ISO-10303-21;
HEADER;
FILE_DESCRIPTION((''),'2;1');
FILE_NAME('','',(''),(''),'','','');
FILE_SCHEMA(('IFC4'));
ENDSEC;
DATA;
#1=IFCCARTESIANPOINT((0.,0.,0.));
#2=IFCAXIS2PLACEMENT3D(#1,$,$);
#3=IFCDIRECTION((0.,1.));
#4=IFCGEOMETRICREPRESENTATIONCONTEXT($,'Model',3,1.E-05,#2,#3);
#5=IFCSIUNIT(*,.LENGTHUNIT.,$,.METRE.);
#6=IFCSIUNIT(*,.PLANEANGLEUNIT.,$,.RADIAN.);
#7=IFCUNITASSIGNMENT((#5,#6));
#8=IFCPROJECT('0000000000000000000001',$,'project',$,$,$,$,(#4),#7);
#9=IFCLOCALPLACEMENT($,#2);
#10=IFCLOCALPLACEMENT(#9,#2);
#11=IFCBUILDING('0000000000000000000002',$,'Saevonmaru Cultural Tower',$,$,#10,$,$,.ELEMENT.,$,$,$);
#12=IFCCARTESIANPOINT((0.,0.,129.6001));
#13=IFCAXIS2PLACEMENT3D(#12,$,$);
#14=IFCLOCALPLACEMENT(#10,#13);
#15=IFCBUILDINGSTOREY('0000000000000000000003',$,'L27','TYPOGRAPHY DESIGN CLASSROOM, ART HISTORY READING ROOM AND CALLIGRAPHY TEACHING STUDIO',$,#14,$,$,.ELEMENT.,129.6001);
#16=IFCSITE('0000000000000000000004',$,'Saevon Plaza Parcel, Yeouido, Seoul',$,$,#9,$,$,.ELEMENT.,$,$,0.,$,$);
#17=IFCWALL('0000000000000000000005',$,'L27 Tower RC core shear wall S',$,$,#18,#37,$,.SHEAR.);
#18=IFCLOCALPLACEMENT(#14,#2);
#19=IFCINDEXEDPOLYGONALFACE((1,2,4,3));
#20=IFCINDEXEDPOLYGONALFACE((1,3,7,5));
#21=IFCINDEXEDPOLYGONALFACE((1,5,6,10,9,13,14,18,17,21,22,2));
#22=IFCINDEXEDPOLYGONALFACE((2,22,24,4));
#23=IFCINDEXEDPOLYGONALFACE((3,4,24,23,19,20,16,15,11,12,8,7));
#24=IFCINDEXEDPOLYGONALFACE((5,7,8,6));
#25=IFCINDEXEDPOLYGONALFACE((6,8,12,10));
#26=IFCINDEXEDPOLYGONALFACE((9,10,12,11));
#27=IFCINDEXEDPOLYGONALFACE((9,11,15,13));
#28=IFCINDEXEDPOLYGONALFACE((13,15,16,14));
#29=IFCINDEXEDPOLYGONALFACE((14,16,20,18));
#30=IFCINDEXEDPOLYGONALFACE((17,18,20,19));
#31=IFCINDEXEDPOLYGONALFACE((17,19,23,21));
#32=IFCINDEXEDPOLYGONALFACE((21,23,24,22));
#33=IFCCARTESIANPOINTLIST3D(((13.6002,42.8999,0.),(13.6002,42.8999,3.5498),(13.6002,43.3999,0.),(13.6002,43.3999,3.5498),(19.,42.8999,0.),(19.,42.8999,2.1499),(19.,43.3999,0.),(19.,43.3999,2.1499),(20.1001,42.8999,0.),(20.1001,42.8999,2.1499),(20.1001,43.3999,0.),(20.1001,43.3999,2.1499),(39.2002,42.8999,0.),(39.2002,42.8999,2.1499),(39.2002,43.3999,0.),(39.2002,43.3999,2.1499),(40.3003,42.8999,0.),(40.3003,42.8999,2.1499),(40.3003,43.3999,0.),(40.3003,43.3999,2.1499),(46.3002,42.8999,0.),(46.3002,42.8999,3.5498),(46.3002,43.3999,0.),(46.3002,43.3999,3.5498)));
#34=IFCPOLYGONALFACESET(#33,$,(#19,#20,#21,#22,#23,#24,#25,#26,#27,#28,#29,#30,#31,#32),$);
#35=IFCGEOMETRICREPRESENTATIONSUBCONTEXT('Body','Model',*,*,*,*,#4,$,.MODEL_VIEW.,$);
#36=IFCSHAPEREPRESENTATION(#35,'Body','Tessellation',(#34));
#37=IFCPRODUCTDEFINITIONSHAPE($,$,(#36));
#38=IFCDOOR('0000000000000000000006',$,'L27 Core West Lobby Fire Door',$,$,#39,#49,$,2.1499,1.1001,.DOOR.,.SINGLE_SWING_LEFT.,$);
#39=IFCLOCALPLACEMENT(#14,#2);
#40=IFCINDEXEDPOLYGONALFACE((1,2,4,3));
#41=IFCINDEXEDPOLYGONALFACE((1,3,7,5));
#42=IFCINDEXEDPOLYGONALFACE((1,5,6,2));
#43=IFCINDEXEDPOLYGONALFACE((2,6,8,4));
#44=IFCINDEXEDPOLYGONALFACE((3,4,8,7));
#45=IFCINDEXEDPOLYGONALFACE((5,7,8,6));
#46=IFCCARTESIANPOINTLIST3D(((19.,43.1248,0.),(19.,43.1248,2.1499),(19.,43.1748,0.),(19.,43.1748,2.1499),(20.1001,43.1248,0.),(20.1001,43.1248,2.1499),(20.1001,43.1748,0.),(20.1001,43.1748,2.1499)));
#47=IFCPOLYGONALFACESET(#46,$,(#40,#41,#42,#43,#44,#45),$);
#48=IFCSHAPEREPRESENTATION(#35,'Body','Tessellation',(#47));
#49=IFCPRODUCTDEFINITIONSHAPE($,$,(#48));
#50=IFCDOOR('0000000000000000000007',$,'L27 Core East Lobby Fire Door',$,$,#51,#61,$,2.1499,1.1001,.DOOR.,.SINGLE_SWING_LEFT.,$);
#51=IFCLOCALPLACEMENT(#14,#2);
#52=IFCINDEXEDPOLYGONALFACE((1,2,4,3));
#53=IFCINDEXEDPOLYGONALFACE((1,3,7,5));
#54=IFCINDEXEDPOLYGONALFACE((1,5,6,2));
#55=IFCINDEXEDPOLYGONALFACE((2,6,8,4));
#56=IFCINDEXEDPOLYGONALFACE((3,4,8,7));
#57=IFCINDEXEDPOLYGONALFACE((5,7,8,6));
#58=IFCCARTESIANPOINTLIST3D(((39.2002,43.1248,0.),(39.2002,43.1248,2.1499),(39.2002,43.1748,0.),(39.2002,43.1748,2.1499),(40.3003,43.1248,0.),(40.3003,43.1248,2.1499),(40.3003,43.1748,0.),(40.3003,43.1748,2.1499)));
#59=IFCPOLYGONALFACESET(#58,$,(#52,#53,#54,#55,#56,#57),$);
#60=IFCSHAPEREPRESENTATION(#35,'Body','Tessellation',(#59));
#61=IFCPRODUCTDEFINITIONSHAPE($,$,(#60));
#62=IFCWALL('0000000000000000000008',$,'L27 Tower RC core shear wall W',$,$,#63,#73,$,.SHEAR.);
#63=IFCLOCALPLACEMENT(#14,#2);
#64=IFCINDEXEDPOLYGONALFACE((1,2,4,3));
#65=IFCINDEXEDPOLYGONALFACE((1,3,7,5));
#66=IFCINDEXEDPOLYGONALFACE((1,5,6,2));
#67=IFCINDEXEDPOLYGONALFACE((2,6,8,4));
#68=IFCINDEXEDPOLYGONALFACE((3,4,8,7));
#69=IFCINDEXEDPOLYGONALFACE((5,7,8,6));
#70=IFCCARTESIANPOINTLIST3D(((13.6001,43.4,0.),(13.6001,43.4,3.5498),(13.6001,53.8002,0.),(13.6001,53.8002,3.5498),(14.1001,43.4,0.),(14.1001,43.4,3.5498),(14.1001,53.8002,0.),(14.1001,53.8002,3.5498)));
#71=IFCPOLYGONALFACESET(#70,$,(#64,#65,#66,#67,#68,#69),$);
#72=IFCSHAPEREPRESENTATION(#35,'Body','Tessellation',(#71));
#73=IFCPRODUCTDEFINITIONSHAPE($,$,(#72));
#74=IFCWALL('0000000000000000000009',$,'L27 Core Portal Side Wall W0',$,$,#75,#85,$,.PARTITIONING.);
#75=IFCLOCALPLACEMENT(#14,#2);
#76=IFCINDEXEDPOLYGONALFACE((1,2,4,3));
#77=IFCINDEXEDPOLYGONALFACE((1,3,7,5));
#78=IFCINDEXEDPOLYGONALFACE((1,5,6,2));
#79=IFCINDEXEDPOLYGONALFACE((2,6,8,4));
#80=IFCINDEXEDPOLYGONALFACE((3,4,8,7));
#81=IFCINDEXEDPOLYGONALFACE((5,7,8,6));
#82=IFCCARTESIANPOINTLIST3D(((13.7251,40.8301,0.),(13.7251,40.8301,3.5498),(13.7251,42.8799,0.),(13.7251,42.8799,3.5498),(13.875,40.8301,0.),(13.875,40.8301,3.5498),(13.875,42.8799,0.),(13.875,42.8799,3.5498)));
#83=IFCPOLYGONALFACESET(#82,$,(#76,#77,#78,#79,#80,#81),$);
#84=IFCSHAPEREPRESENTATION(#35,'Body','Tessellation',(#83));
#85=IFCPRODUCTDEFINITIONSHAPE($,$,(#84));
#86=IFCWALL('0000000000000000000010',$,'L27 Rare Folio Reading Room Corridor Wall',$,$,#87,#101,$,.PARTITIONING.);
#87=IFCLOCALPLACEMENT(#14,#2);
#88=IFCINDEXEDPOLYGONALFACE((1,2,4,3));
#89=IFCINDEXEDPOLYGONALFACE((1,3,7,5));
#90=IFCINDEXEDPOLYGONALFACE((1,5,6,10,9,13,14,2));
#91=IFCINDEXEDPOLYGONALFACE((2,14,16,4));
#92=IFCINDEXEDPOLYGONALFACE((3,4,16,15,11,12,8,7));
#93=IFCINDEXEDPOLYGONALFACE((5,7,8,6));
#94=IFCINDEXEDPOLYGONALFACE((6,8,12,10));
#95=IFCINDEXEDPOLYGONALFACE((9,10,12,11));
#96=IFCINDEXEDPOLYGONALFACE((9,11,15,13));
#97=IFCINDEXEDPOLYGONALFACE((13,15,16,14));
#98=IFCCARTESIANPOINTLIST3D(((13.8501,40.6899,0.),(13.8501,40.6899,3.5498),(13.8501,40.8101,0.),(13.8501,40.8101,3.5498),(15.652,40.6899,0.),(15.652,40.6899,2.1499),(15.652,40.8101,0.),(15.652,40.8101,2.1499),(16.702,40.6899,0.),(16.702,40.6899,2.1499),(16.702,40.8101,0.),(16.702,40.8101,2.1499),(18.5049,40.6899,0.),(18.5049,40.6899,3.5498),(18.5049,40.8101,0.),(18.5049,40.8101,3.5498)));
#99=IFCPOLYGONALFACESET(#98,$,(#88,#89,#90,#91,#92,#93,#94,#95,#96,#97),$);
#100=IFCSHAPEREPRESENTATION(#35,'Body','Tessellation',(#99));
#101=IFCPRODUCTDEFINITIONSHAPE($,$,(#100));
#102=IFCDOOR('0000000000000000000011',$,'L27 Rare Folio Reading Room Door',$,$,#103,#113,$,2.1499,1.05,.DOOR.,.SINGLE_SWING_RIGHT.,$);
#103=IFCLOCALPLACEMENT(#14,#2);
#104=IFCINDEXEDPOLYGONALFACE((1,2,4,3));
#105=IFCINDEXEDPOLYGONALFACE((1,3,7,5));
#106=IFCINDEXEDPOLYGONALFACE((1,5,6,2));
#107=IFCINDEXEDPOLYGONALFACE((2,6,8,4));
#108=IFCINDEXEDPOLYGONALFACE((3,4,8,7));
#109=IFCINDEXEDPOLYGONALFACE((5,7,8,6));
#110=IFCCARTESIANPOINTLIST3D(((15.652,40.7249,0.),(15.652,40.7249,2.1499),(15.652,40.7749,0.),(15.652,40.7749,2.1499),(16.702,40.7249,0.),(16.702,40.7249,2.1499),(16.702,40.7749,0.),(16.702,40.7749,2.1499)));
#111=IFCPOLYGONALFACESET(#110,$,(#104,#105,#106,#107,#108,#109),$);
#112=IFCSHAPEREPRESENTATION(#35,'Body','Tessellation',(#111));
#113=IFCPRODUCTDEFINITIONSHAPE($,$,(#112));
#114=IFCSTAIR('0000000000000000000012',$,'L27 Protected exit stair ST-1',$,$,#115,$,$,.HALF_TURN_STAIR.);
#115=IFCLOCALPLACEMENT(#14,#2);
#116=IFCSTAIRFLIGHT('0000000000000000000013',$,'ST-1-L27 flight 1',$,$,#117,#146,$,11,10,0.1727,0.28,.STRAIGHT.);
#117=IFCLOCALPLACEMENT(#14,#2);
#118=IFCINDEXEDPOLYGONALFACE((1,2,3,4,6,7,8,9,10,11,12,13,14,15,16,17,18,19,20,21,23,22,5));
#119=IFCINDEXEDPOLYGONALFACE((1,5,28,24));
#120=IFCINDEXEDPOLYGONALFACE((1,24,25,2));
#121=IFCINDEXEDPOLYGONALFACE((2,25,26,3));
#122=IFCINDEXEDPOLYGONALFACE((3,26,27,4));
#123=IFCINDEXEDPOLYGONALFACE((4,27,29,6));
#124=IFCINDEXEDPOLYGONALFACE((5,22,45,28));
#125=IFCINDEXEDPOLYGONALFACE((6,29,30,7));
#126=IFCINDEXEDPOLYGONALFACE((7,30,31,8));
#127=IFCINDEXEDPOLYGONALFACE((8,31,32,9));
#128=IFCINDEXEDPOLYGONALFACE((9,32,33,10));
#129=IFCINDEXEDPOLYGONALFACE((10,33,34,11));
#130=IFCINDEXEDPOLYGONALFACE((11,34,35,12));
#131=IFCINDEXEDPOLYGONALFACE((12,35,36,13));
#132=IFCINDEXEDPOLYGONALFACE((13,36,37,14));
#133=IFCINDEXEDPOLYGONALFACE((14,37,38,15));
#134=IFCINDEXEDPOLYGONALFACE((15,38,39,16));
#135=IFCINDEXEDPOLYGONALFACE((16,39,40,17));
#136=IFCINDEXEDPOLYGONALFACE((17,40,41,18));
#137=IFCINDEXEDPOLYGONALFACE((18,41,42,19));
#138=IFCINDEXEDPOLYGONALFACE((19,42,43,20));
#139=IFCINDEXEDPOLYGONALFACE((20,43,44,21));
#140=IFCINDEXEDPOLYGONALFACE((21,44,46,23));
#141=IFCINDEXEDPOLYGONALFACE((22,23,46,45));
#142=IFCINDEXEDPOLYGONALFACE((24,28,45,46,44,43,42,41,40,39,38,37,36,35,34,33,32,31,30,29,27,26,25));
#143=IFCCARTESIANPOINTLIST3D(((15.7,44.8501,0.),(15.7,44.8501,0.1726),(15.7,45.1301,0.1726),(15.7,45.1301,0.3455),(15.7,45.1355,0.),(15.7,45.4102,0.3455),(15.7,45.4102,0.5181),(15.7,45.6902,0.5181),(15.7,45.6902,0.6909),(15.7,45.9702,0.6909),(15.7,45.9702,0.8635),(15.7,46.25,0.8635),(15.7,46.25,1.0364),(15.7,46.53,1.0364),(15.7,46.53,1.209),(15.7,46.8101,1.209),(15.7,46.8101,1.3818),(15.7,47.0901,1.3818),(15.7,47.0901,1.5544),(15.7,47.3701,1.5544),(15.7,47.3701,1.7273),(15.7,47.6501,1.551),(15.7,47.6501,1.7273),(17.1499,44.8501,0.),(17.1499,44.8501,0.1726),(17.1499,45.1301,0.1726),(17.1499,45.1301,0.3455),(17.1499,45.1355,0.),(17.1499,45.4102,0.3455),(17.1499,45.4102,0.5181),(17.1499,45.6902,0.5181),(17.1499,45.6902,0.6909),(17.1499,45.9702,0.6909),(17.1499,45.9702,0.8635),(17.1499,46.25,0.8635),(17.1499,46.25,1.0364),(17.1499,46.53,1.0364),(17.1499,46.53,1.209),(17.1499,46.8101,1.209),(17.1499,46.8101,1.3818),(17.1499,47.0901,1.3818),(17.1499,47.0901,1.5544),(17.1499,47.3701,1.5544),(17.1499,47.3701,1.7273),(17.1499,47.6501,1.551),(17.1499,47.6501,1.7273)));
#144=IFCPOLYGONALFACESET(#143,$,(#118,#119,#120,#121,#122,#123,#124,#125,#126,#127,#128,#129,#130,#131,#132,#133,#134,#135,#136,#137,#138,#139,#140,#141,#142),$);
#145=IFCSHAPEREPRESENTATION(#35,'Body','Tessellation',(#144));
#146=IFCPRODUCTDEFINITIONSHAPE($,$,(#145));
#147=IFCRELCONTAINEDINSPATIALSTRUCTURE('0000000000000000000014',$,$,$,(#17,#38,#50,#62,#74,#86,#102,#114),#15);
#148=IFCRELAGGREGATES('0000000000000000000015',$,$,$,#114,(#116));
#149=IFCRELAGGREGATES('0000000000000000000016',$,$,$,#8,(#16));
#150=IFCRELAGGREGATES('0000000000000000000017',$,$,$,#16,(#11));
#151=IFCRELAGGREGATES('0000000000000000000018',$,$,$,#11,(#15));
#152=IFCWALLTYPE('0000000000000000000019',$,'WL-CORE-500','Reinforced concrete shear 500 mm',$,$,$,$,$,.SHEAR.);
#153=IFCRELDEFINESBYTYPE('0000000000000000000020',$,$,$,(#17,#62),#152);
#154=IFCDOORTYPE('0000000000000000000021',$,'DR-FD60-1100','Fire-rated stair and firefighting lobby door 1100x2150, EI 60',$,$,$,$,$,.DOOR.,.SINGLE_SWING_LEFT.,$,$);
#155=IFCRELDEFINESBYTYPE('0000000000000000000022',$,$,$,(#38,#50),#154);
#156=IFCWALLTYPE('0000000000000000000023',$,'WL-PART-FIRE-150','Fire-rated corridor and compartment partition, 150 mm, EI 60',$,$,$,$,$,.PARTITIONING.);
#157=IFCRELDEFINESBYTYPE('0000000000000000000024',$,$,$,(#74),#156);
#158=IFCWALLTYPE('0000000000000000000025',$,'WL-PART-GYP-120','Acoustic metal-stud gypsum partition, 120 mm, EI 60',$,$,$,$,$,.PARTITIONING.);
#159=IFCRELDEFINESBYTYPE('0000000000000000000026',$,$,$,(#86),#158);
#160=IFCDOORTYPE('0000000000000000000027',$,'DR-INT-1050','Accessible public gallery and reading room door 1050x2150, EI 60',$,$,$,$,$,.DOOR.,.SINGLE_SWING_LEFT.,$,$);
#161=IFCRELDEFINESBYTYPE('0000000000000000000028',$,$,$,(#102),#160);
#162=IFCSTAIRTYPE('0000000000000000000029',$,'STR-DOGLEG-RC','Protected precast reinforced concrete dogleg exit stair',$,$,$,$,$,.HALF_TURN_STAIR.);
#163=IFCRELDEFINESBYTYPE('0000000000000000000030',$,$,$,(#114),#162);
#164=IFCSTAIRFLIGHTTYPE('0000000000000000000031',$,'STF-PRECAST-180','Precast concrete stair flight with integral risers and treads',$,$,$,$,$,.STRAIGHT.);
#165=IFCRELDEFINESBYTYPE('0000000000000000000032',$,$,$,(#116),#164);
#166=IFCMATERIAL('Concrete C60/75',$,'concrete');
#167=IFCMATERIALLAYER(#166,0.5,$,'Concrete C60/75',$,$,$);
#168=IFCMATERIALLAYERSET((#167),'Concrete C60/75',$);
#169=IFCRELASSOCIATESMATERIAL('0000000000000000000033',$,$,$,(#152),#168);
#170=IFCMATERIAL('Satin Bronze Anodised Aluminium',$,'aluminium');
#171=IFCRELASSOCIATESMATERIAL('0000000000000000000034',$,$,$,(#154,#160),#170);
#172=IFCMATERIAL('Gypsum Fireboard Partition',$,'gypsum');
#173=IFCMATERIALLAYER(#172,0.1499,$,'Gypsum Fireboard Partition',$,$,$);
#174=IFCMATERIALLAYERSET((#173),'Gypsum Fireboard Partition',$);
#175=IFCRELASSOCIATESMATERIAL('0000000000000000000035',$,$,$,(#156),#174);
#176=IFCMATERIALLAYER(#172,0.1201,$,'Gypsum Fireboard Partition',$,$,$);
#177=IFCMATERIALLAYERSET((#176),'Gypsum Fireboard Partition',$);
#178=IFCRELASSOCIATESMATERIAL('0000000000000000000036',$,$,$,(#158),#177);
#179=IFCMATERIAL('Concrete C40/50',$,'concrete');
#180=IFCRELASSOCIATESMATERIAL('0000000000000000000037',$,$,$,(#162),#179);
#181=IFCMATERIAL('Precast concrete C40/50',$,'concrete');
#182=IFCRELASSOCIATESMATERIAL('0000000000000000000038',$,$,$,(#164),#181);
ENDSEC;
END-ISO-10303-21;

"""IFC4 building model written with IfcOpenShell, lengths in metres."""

from ifc_helpers import new_model, si_unit, direction, frame, frame_2d, origin, place, context, subcontext, project, spatial, polyline, rectangle, outline, extrude, material, layer, layer_set, type_object, element, fill, aggregate, save


model = new_model("IFC4")

# Units and contexts
model_context = context("Model", 3, precision=1e-05, world=origin(), true_north=direction((0.0, 1.0)))
body_context = subcontext(model_context, "Body", "Model", "MODEL_VIEW")
ifc_project = project(units=[si_unit("LENGTHUNIT", "METRE"), si_unit("PLANEANGLEUNIT", "RADIAN")], contexts=[model_context])

# Site, building, storey
site_placement = place(None, origin())
site = spatial("IfcSite", under=ifc_project, at=site_placement, Name="Saevon Plaza Parcel, Yeouido, Seoul", CompositionType="ELEMENT", RefElevation=0.0)
building_placement = place(site_placement, origin())
building = spatial("IfcBuilding", under=site, at=building_placement, Name="Saevonmaru Cultural Tower", CompositionType="ELEMENT")
storey_placement = place(building_placement, frame((0.0, 0.0, 129.6001)))
storey = spatial("IfcBuildingStorey", under=building, at=storey_placement, Name="L27", Description="TYPOGRAPHY DESIGN CLASSROOM, ART HISTORY READING ROOM AND CALLIGRAPHY TEACHING STUDIO", CompositionType="ELEMENT", Elevation=129.6001)

# Wall, openings, doors
ifc_material_1 = material(Name="Concrete C60/75", Category="concrete")
ifc_layer_1 = layer(ifc_material_1, 0.5, Name="Concrete C60/75")
ifc_layer_set_1 = layer_set([ifc_layer_1], Name="Concrete C60/75")
wall_type_1 = type_object("IfcWallType", Name="WL-CORE-500", Description="Reinforced concrete shear 500 mm", PredefinedType="SHEAR", material=ifc_layer_set_1)
wall_1_placement = place(storey_placement, frame((13.6001, 43.1499, 0.0), z_axis=(0.0, 0.0, 1.0), x_axis=(1.0, 0.0, 0.0)))
wall_1 = element("IfcWall", 1, at=wall_1_placement, inside=storey, type_object=wall_type_1, Name="L27 Tower RC core shear wall S", PredefinedType="SHEAR", context=body_context, shape_type="SweptSolid", body=[
    extrude(rectangle(XDim=32.7, YDim=0.5, at=frame_2d((16.3501, 0.0))), origin(), (0.0, 0.0, 1.0), 3.5498),
])
opening_1_placement = place(wall_1_placement, frame((5.3999, 0.0, 0.0)))
opening_1 = element("IfcOpeningElement", 2, at=opening_1_placement, cuts=wall_1, PredefinedType="OPENING", context=body_context, shape_type="SweptSolid", body=[
    extrude(rectangle(XDim=1.1001, YDim=2.1499, at=frame_2d((0.55, 1.075))), frame((0.0, 0.26, 0.0), z_axis=(0.0, -1.0, 0.0), x_axis=(1.0, 0.0, 0.0)), (0.0, 0.0, 1.0), 0.52),
])
opening_2_placement = place(wall_1_placement, frame((25.6001, 0.0, 0.0)))
opening_2 = element("IfcOpeningElement", 3, at=opening_2_placement, cuts=wall_1, PredefinedType="OPENING", context=body_context, shape_type="SweptSolid", body=[
    extrude(rectangle(XDim=1.1001, YDim=2.1499, at=frame_2d((0.55, 1.075))), frame((0.0, 0.26, 0.0), z_axis=(0.0, -1.0, 0.0), x_axis=(1.0, 0.0, 0.0)), (0.0, 0.0, 1.0), 0.52),
])
ifc_material_2 = material(Name="Satin Bronze Anodised Aluminium", Category="aluminium")
door_type_1 = type_object("IfcDoorType", Name="DR-FD60-1100", Description="Fire-rated stair and firefighting lobby door 1100x2150, EI 60", OperationType="SINGLE_SWING_LEFT", PredefinedType="DOOR", material=ifc_material_2)
door_1_placement = place(opening_1_placement, origin())
door_1 = element("IfcDoor", 4, at=door_1_placement, inside=storey, type_object=door_type_1, Name="L27 Core West Lobby Fire Door", OperationType="SINGLE_SWING_LEFT", OverallHeight=2.1499, OverallWidth=1.1001, PredefinedType="DOOR", context=body_context, shape_type="SweptSolid", body=[
    extrude(rectangle(XDim=1.1001, YDim=2.1499, at=frame_2d((0.55, 1.075))), frame((0.0, 0.0249, 0.0), z_axis=(0.0, -1.0, 0.0), x_axis=(1.0, 0.0, 0.0)), (0.0, 0.0, 1.0), 0.05),
])
fill(opening_1, door_1)
door_2_placement = place(opening_2_placement, origin())
door_2 = element("IfcDoor", 5, at=door_2_placement, inside=storey, type_object=door_type_1, Name="L27 Core East Lobby Fire Door", OperationType="SINGLE_SWING_LEFT", OverallHeight=2.1499, OverallWidth=1.1001, PredefinedType="DOOR", context=body_context, shape_type="SweptSolid", body=[
    extrude(rectangle(XDim=1.1001, YDim=2.1499, at=frame_2d((0.55, 1.075))), frame((0.0, 0.0249, 0.0), z_axis=(0.0, -1.0, 0.0), x_axis=(1.0, 0.0, 0.0)), (0.0, 0.0, 1.0), 0.05),
])
fill(opening_2, door_2)

# Walls
wall_2_placement = place(storey_placement, frame((13.8501, 43.3999, 0.0), z_axis=(0.0, 0.0, 1.0), x_axis=(0.0, 1.0, 0.0)))
element("IfcWall", 6, at=wall_2_placement, inside=storey, type_object=wall_type_1, Name="L27 Tower RC core shear wall W", PredefinedType="SHEAR", context=body_context, shape_type="SweptSolid", body=[
    extrude(rectangle(XDim=10.4001, YDim=0.5, at=frame_2d((5.2002, 0.0))), origin(), (0.0, 0.0, 1.0), 3.5498),
])
ifc_material_3 = material(Name="Gypsum Fireboard Partition", Category="gypsum")
ifc_layer_2 = layer(ifc_material_3, 0.1499, Name="Gypsum Fireboard Partition")
ifc_layer_set_2 = layer_set([ifc_layer_2], Name="Gypsum Fireboard Partition")
wall_type_2 = type_object("IfcWallType", Name="WL-PART-FIRE-150", Description="Fire-rated corridor and compartment partition, 150 mm, EI 60", PredefinedType="PARTITIONING", material=ifc_layer_set_2)
wall_3_placement = place(storey_placement, frame((13.8, 40.8301, 0.0), z_axis=(0.0, 0.0, 1.0), x_axis=(0.0, 1.0, 0.0)))
element("IfcWall", 7, at=wall_3_placement, inside=storey, type_object=wall_type_2, Name="L27 Core Portal Side Wall W0", PredefinedType="PARTITIONING", context=body_context, shape_type="SweptSolid", body=[
    extrude(rectangle(XDim=2.0498, YDim=0.1499, at=frame_2d((1.0249, 0.0))), origin(), (0.0, 0.0, 1.0), 3.5498),
])

# Wall, opening, door
ifc_layer_3 = layer(ifc_material_3, 0.1201, Name="Gypsum Fireboard Partition")
ifc_layer_set_3 = layer_set([ifc_layer_3], Name="Gypsum Fireboard Partition")
wall_type_3 = type_object("IfcWallType", Name="WL-PART-GYP-120", Description="Acoustic metal-stud gypsum partition, 120 mm, EI 60", PredefinedType="PARTITIONING", material=ifc_layer_set_3)
wall_4_placement = place(storey_placement, frame((13.8501, 40.75, 0.0), z_axis=(0.0, 0.0, 1.0), x_axis=(1.0, 0.0, 0.0)))
wall_4 = element("IfcWall", 8, at=wall_4_placement, inside=storey, type_object=wall_type_3, Name="L27 Rare Folio Reading Room Corridor Wall", PredefinedType="PARTITIONING", context=body_context, shape_type="SweptSolid", body=[
    extrude(rectangle(XDim=4.6548, YDim=0.1201, at=frame_2d((2.3274, 0.0))), origin(), (0.0, 0.0, 1.0), 3.5498),
])
opening_3_placement = place(wall_4_placement, frame((1.802, 0.0, 0.0)))
opening_3 = element("IfcOpeningElement", 9, at=opening_3_placement, cuts=wall_4, PredefinedType="OPENING", context=body_context, shape_type="SweptSolid", body=[
    extrude(rectangle(XDim=1.05, YDim=2.1499, at=frame_2d((0.5249, 1.075))), frame((0.0, 0.0701, 0.0), z_axis=(0.0, -1.0, 0.0), x_axis=(1.0, 0.0, 0.0)), (0.0, 0.0, 1.0), 0.1401),
])
door_type_2 = type_object("IfcDoorType", Name="DR-INT-1050", Description="Accessible public gallery and reading room door 1050x2150, EI 60", OperationType="SINGLE_SWING_LEFT", PredefinedType="DOOR", material=ifc_material_2)
door_3_placement = place(opening_3_placement, origin())
door_3 = element("IfcDoor", 10, at=door_3_placement, inside=storey, type_object=door_type_2, Name="L27 Rare Folio Reading Room Door", OperationType="SINGLE_SWING_RIGHT", OverallHeight=2.1499, OverallWidth=1.05, PredefinedType="DOOR", context=body_context, shape_type="SweptSolid", body=[
    extrude(rectangle(XDim=1.05, YDim=2.1499, at=frame_2d((0.5249, 1.075))), frame((0.0, 0.0249, 0.0), z_axis=(0.0, -1.0, 0.0), x_axis=(1.0, 0.0, 0.0)), (0.0, 0.0, 1.0), 0.05),
])
fill(opening_3, door_3)

# Stair, stair flight
ifc_material_4 = material(Name="Concrete C40/50", Category="concrete")
stair_type = type_object("IfcStairType", Name="STR-DOGLEG-RC", Description="Protected precast reinforced concrete dogleg exit stair", PredefinedType="HALF_TURN_STAIR", material=ifc_material_4)
stair_placement = place(storey_placement, origin())
stair = element("IfcStair", 11, at=stair_placement, inside=storey, type_object=stair_type, Name="L27 Protected exit stair ST-1", PredefinedType="HALF_TURN_STAIR")
ifc_material_5 = material(Name="Precast concrete C40/50", Category="concrete")
stair_flight_type = type_object("IfcStairFlightType", Name="STF-PRECAST-180", Description="Precast concrete stair flight with integral risers and treads", PredefinedType="STRAIGHT", material=ifc_material_5)
stair_flight_1_placement = place(storey_placement, frame((16.425, 44.8501, 0.0), z_axis=(0.0, 0.0, 1.0), x_axis=(0.0, 1.0, 0.0)))
stair_flight_1 = element("IfcStairFlight", 12, at=stair_flight_1_placement, type_object=stair_flight_type, Name="ST-1-L27 flight 1", NumberOfRisers=11, NumberOfTreads=10, PredefinedType="STRAIGHT", RiserHeight=0.1727, TreadLength=0.28, context=body_context, shape_type="SweptSolid", body=[
    extrude(outline(polyline([(0.0, 0.0), (0.0, 0.1726), (0.28, 0.1726), (0.28, 0.3455), (0.5601, 0.3455), (0.5601, 0.5181), (0.8401, 0.5181), (0.8401, 0.6909), (1.1201, 0.6909), (1.1201, 0.8635), (1.3999, 0.8635), (1.3999, 1.0364), (1.6799, 1.0364), (1.6799, 1.209), (1.96, 1.209), (1.96, 1.3818), (2.24, 1.3818), (2.24, 1.5544), (2.52, 1.5544), (2.52, 1.7273), (2.8, 1.7273), (2.8, 1.8999), (2.8, 1.551), (0.2854, 0.0), (0.0, 0.0)])), frame((0.0, 0.7251, 0.0), z_axis=(0.0, -1.0, 0.0), x_axis=(1.0, 0.0, 0.0)), (0.0, 0.0, 1.0), 1.45),
])
aggregate(stair, [stair_flight_1])

save(model, "model.ifc")
